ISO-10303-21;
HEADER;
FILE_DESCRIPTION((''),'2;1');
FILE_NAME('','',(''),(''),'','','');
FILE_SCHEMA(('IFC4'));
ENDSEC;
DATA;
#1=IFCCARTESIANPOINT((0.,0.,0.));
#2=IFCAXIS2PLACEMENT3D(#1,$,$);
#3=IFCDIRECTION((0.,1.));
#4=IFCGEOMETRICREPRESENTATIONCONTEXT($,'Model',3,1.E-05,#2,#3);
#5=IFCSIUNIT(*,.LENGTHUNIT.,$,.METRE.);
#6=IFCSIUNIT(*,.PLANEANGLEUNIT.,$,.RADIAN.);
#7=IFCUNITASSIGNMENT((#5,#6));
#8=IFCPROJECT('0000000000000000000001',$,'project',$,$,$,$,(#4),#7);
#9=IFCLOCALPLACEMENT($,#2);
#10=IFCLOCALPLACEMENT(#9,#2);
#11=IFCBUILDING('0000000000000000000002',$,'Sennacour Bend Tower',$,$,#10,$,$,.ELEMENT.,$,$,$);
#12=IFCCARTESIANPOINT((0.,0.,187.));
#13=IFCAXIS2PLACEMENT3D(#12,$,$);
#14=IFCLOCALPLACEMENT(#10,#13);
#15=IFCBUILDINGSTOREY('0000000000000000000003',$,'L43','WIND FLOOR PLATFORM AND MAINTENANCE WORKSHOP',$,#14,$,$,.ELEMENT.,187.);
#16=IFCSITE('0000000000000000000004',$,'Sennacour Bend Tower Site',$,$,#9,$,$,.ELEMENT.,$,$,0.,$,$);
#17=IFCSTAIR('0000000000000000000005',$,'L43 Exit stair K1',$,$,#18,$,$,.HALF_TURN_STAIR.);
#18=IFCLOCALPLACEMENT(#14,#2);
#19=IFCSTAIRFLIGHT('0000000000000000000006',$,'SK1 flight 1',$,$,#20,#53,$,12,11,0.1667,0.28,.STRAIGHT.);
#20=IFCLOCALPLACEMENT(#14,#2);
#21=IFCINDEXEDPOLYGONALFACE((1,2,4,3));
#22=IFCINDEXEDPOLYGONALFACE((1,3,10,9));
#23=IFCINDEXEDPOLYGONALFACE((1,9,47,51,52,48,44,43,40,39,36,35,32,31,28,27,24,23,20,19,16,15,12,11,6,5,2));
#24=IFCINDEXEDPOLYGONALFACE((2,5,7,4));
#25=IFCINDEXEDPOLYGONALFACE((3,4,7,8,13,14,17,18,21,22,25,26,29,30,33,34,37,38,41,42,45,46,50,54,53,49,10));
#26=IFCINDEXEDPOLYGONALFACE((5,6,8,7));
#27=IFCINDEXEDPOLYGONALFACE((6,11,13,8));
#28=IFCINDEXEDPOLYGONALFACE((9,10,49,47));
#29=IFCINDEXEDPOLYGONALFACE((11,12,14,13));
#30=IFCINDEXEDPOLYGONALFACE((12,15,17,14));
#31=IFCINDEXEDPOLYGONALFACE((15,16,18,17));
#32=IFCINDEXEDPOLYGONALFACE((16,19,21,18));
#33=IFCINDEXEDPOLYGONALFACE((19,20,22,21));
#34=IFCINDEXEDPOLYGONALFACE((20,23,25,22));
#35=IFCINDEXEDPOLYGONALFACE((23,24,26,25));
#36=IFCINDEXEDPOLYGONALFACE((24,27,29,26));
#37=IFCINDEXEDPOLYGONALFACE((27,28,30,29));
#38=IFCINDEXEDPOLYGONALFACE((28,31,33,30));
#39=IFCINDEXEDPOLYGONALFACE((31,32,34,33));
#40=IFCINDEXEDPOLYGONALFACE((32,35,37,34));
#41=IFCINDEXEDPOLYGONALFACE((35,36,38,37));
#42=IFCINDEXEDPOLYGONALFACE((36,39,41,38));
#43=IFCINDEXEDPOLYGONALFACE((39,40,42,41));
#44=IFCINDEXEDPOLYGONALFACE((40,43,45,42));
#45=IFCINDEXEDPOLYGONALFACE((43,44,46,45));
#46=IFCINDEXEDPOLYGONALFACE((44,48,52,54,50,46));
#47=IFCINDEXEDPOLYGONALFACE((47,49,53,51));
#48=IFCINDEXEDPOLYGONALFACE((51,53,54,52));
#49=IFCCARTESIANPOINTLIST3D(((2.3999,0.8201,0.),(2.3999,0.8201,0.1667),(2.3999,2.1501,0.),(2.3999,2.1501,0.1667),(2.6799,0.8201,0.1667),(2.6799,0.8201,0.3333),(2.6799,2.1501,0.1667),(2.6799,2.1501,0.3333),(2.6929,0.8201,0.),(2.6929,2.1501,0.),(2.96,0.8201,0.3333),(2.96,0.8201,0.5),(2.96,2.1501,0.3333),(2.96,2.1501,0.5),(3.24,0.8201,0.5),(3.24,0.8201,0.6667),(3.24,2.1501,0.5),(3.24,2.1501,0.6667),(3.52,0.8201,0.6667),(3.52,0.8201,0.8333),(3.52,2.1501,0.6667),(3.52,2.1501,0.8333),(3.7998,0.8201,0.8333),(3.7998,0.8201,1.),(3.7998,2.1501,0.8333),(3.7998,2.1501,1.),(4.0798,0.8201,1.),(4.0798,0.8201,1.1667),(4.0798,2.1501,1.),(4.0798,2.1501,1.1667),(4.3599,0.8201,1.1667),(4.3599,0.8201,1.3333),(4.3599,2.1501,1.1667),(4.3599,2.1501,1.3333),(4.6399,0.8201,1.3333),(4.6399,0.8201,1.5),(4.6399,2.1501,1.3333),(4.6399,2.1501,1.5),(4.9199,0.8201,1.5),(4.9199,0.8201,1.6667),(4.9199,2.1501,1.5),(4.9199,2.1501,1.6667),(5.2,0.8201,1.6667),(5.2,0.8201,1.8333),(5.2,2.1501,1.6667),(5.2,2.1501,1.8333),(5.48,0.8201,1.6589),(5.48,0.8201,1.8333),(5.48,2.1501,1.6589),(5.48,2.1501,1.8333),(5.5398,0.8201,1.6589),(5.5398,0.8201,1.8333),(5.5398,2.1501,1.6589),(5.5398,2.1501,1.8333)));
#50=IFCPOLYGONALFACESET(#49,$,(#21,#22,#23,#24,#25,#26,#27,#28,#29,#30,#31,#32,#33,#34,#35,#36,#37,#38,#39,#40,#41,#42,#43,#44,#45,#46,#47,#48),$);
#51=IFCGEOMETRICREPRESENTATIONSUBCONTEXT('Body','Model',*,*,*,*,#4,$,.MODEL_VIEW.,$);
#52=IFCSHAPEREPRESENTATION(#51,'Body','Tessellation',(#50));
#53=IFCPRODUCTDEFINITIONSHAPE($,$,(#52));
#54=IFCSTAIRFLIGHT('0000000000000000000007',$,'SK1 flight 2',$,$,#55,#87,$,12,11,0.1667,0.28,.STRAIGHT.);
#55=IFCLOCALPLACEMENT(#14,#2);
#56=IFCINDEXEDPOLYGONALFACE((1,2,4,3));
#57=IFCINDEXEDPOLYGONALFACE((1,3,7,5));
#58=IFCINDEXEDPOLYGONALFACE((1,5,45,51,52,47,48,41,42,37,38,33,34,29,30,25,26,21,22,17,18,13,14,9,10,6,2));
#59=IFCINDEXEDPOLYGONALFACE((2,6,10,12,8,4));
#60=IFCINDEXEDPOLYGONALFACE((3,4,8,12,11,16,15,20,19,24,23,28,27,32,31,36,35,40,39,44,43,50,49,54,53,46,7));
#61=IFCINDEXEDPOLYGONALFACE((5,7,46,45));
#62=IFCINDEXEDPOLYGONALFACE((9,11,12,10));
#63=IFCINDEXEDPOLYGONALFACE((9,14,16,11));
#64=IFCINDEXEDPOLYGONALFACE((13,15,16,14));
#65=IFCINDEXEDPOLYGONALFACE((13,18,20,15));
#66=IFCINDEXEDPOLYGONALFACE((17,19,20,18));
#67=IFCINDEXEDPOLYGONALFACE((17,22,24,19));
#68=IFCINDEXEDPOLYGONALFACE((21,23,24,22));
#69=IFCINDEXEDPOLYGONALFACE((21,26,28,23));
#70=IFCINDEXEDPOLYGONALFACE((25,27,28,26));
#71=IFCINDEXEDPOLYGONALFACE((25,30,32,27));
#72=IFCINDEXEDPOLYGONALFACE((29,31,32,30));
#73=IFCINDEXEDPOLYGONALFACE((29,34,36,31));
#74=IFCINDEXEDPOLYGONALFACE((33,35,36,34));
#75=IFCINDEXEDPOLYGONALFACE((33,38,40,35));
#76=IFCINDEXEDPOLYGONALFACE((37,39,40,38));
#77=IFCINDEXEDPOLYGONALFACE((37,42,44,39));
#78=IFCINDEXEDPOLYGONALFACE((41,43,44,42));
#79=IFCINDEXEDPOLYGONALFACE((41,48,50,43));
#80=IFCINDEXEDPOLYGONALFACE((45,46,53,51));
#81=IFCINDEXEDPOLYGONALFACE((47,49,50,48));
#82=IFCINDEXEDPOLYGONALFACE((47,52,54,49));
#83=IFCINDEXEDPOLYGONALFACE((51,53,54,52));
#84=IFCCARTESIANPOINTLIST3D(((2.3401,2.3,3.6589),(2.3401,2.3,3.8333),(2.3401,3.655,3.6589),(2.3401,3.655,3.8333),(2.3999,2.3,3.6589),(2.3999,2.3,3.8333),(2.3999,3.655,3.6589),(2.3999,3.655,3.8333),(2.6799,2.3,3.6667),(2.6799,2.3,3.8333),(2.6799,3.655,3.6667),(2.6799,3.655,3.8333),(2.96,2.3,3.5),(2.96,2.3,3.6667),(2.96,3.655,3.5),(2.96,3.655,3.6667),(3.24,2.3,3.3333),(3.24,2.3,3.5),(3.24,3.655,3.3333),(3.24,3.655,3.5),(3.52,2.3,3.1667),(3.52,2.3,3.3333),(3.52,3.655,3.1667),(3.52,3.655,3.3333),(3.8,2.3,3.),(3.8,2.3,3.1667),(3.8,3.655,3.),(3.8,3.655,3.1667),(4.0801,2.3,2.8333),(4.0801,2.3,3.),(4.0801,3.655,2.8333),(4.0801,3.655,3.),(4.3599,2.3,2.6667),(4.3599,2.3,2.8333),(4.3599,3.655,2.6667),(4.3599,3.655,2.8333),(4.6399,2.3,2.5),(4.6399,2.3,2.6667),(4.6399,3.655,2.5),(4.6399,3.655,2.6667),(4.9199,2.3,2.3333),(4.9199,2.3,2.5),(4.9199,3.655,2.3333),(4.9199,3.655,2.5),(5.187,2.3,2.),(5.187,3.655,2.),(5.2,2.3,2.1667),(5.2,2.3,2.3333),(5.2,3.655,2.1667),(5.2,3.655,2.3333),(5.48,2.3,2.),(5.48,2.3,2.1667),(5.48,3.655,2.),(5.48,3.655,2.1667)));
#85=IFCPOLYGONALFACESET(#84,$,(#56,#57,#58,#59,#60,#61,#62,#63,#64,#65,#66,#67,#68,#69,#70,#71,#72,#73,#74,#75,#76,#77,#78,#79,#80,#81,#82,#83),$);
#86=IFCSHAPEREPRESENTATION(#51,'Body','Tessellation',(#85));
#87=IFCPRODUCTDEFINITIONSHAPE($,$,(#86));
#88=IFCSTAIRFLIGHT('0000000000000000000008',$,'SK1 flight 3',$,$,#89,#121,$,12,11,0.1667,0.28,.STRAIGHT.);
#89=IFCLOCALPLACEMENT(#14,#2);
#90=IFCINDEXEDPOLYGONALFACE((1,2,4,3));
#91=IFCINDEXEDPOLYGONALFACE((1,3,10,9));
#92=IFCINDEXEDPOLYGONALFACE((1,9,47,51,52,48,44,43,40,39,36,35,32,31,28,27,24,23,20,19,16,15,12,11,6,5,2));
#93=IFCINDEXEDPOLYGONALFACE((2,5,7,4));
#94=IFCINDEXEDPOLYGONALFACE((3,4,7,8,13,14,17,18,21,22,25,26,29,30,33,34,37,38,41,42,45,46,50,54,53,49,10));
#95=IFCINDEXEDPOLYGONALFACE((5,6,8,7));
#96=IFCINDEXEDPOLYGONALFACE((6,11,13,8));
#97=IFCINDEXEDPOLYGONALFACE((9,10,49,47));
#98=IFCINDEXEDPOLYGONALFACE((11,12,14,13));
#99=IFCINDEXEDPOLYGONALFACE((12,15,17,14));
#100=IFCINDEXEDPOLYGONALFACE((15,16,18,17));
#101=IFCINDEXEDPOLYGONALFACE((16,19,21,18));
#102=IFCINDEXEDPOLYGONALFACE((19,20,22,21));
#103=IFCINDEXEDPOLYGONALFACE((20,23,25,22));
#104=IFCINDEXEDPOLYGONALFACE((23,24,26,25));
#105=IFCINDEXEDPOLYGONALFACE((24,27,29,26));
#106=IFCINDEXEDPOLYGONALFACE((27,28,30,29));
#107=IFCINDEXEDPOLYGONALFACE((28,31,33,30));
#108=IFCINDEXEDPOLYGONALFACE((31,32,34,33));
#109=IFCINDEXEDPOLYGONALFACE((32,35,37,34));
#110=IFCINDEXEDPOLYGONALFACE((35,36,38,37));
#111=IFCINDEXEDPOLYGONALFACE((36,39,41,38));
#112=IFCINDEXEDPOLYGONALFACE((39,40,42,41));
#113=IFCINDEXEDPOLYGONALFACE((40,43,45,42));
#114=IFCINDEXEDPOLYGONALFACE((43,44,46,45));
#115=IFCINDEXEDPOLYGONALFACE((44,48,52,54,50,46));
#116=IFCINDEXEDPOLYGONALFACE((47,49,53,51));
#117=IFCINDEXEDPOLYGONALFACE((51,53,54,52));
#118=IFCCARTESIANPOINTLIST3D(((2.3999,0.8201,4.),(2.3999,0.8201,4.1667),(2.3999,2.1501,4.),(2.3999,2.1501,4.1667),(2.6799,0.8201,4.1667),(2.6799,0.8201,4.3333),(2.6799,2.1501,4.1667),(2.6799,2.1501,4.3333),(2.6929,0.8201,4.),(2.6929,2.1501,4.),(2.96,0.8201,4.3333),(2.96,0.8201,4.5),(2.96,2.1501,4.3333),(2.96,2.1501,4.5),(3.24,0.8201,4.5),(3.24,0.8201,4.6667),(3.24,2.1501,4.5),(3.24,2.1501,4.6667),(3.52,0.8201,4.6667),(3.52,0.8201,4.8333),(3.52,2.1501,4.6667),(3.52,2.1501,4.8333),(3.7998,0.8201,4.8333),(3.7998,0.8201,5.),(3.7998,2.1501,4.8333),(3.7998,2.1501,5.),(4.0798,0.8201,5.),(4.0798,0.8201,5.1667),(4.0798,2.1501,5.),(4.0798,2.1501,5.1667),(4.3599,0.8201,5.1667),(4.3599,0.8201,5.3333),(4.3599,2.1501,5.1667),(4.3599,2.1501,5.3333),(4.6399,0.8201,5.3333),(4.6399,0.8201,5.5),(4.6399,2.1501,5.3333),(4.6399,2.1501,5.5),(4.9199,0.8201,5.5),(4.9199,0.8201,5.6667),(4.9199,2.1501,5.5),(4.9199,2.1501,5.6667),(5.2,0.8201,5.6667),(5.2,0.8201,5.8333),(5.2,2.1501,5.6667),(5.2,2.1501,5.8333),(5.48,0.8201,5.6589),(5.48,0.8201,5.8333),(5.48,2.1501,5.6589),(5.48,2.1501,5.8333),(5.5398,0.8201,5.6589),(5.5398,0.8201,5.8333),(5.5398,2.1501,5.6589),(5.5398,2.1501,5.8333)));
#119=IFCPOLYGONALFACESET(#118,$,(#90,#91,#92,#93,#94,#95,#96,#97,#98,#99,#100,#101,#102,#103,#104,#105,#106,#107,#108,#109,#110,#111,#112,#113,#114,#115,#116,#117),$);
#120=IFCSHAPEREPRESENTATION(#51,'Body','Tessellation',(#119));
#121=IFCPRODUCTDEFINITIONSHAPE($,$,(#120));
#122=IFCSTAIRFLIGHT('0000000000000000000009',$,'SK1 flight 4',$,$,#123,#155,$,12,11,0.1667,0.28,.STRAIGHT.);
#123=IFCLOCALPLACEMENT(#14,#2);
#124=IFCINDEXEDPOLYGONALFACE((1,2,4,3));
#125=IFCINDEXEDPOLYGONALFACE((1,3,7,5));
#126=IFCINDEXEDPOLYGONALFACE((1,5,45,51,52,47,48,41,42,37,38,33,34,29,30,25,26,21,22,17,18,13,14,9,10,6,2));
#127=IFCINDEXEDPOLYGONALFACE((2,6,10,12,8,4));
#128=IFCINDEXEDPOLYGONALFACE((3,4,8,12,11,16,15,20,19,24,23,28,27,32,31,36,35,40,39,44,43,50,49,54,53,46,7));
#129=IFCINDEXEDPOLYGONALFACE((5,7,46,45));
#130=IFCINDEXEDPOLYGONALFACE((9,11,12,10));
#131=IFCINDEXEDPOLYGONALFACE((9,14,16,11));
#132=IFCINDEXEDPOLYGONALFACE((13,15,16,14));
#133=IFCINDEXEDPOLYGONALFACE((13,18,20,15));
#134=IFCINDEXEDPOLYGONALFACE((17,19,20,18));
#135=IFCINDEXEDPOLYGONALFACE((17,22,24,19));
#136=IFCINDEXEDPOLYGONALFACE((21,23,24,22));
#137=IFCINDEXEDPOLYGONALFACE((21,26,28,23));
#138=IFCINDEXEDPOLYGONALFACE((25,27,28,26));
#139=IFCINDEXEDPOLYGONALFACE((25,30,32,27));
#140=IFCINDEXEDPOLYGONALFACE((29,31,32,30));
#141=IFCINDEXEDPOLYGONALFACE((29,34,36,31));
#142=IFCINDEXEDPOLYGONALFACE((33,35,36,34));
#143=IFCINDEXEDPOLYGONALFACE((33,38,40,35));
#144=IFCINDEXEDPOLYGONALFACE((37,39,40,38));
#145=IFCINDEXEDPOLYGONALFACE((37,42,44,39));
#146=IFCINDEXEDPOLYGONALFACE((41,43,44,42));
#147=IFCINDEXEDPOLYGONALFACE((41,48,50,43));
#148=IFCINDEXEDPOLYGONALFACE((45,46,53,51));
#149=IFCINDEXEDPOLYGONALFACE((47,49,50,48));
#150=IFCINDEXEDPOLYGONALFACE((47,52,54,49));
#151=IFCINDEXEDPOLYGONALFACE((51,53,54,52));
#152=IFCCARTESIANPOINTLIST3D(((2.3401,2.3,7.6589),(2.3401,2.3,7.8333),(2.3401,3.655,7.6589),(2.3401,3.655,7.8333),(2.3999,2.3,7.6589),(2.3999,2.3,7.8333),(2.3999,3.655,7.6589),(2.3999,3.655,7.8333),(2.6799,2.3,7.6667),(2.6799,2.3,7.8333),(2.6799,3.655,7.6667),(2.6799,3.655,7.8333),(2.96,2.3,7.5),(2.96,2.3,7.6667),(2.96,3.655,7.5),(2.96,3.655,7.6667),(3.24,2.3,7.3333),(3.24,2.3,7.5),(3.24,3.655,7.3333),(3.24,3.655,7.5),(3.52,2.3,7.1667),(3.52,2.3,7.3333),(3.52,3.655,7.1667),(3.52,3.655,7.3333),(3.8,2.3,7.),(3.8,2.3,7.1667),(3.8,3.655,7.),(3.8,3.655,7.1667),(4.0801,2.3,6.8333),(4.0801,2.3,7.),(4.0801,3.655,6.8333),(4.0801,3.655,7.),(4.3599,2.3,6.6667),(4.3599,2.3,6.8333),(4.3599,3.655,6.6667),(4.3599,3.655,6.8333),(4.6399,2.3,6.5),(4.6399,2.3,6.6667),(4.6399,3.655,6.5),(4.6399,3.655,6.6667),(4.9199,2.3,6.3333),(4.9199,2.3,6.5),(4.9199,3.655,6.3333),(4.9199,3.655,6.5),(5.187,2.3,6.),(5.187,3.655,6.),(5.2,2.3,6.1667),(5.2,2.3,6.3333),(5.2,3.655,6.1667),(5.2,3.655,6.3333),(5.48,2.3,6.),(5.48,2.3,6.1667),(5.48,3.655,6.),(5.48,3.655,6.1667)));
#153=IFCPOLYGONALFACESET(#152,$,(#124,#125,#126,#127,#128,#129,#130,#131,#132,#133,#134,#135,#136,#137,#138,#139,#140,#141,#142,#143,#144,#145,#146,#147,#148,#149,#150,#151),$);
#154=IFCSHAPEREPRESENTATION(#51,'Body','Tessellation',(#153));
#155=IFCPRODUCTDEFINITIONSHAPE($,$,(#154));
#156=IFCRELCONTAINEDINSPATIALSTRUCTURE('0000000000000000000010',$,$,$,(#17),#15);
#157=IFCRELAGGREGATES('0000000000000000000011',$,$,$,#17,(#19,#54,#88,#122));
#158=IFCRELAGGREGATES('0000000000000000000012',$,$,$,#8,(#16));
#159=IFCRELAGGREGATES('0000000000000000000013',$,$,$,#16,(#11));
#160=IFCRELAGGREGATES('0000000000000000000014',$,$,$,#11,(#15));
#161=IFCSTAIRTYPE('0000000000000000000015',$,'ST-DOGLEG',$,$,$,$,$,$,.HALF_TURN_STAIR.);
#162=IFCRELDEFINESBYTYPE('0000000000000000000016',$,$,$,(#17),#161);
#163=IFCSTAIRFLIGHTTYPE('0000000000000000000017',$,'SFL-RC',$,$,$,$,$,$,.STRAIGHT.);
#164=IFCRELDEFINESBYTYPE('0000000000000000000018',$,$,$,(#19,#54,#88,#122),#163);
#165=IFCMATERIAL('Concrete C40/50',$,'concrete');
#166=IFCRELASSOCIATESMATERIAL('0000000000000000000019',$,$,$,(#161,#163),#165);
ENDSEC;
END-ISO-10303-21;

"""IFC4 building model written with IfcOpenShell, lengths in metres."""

from ifc_helpers import new_model, si_unit, direction, frame, origin, place, context, subcontext, project, spatial, polyline, outline, extrude, material, type_object, element, aggregate, save


model = new_model("IFC4")

# Units and contexts
model_context = context("Model", 3, precision=1e-05, world=origin(), true_north=direction((0.0, 1.0)))
body_context = subcontext(model_context, "Body", "Model", "MODEL_VIEW")
ifc_project = project(units=[si_unit("LENGTHUNIT", "METRE"), si_unit("PLANEANGLEUNIT", "RADIAN")], contexts=[model_context])

# Site, building, storey
site_placement = place(None, origin())
site = spatial("IfcSite", under=ifc_project, at=site_placement, Name="Sennacour Bend Tower Site", CompositionType="ELEMENT", RefElevation=0.0)
building_placement = place(site_placement, origin())
building = spatial("IfcBuilding", under=site, at=building_placement, Name="Sennacour Bend Tower", CompositionType="ELEMENT")
storey_placement = place(building_placement, frame((0.0, 0.0, 187.0)))
storey = spatial("IfcBuildingStorey", under=building, at=storey_placement, Name="L43", Description="WIND FLOOR PLATFORM AND MAINTENANCE WORKSHOP", CompositionType="ELEMENT", Elevation=187.0)

# Stair, stair flights
ifc_material_1 = material(Name="Concrete C40/50", Category="concrete")
stair_type = type_object("IfcStairType", Name="ST-DOGLEG", PredefinedType="HALF_TURN_STAIR", material=ifc_material_1)
stair_placement = place(storey_placement, origin())
stair = element("IfcStair", 1, at=stair_placement, inside=storey, type_object=stair_type, Name="L43 Exit stair K1", PredefinedType="HALF_TURN_STAIR")
stair_flight_type = type_object("IfcStairFlightType", Name="SFL-RC", PredefinedType="STRAIGHT", material=ifc_material_1)
stair_flight_1_placement = place(storey_placement, frame((2.3999, 1.4851, 0.0), z_axis=(0.0, 0.0, 1.0), x_axis=(1.0, 0.0, 0.0)))
stair_flight_1 = element("IfcStairFlight", 2, at=stair_flight_1_placement, type_object=stair_flight_type, Name="SK1 flight 1", NumberOfRisers=12, NumberOfTreads=11, PredefinedType="STRAIGHT", RiserHeight=0.1667, TreadLength=0.28, context=body_context, shape_type="SweptSolid", body=[
    extrude(outline(polyline([(0.0, 0.0), (0.0, 0.1667), (0.28, 0.1667), (0.28, 0.3333), (0.5601, 0.3333), (0.5601, 0.5), (0.8401, 0.5), (0.8401, 0.6667), (1.1201, 0.6667), (1.1201, 0.8333), (1.3999, 0.8333), (1.3999, 1.0), (1.6799, 1.0), (1.6799, 1.1667), (1.96, 1.1667), (1.96, 1.3333), (2.24, 1.3333), (2.24, 1.5), (2.52, 1.5), (2.52, 1.6667), (2.8, 1.6667), (2.8, 1.8333), (3.0801, 1.8333), (3.1399, 1.8333), (3.1399, 1.6589), (3.0801, 1.6589), (0.293, 0.0), (0.0, 0.0)])), frame((0.0, 0.665, 0.0), z_axis=(0.0, -1.0, 0.0), x_axis=(1.0, 0.0, 0.0)), (0.0, 0.0, 1.0), 1.3301),
])
stair_flight_2_placement = place(storey_placement, frame((5.48, 2.9775, 2.0), z_axis=(0.0, 0.0, 1.0), x_axis=(-1.0, 0.0, 0.0)))
stair_flight_2 = element("IfcStairFlight", 3, at=stair_flight_2_placement, type_object=stair_flight_type, Name="SK1 flight 2", NumberOfRisers=12, NumberOfTreads=11, PredefinedType="STRAIGHT", RiserHeight=0.1667, TreadLength=0.28, context=body_context, shape_type="SweptSolid", body=[
    extrude(outline(polyline([(0.0, 0.0), (0.0, 0.1667), (0.28, 0.1667), (0.28, 0.3333), (0.5601, 0.3333), (0.5601, 0.5), (0.8401, 0.5), (0.8401, 0.6667), (1.1201, 0.6667), (1.1201, 0.8333), (1.3999, 0.8333), (1.3999, 1.0), (1.6799, 1.0), (1.6799, 1.1667), (1.96, 1.1667), (1.96, 1.3333), (2.24, 1.3333), (2.24, 1.5), (2.52, 1.5), (2.52, 1.6667), (2.8, 1.6667), (2.8, 1.8333), (3.0801, 1.8333), (3.1399, 1.8333), (3.1399, 1.6589), (3.0801, 1.6589), (0.293, 0.0), (0.0, 0.0)])), frame((0.0, 0.6775, 0.0), z_axis=(0.0, -1.0, 0.0), x_axis=(1.0, 0.0, 0.0)), (0.0, 0.0, 1.0), 1.355),
])
stair_flight_3_placement = place(storey_placement, frame((2.3999, 1.4851, 4.0), z_axis=(0.0, 0.0, 1.0), x_axis=(1.0, 0.0, 0.0)))
stair_flight_3 = element("IfcStairFlight", 4, at=stair_flight_3_placement, type_object=stair_flight_type, Name="SK1 flight 3", NumberOfRisers=12, NumberOfTreads=11, PredefinedType="STRAIGHT", RiserHeight=0.1667, TreadLength=0.28, context=body_context, shape_type="SweptSolid", body=[
    extrude(outline(polyline([(0.0, 0.0), (0.0, 0.1667), (0.28, 0.1667), (0.28, 0.3333), (0.5601, 0.3333), (0.5601, 0.5), (0.8401, 0.5), (0.8401, 0.6667), (1.1201, 0.6667), (1.1201, 0.8333), (1.3999, 0.8333), (1.3999, 1.0), (1.6799, 1.0), (1.6799, 1.1667), (1.96, 1.1667), (1.96, 1.3333), (2.24, 1.3333), (2.24, 1.5), (2.52, 1.5), (2.52, 1.6667), (2.8, 1.6667), (2.8, 1.8333), (3.0801, 1.8333), (3.1399, 1.8333), (3.1399, 1.6589), (3.0801, 1.6589), (0.293, 0.0), (0.0, 0.0)])), frame((0.0, 0.665, 0.0), z_axis=(0.0, -1.0, 0.0), x_axis=(1.0, 0.0, 0.0)), (0.0, 0.0, 1.0), 1.3301),
])
stair_flight_4_placement = place(storey_placement, frame((5.48, 2.9775, 6.0), z_axis=(0.0, 0.0, 1.0), x_axis=(-1.0, 0.0, 0.0)))
stair_flight_4 = element("IfcStairFlight", 5, at=stair_flight_4_placement, type_object=stair_flight_type, Name="SK1 flight 4", NumberOfRisers=12, NumberOfTreads=11, PredefinedType="STRAIGHT", RiserHeight=0.1667, TreadLength=0.28, context=body_context, shape_type="SweptSolid", body=[
    extrude(outline(polyline([(0.0, 0.0), (0.0, 0.1667), (0.28, 0.1667), (0.28, 0.3333), (0.5601, 0.3333), (0.5601, 0.5), (0.8401, 0.5), (0.8401, 0.6667), (1.1201, 0.6667), (1.1201, 0.8333), (1.3999, 0.8333), (1.3999, 1.0), (1.6799, 1.0), (1.6799, 1.1667), (1.96, 1.1667), (1.96, 1.3333), (2.24, 1.3333), (2.24, 1.5), (2.52, 1.5), (2.52, 1.6667), (2.8, 1.6667), (2.8, 1.8333), (3.0801, 1.8333), (3.1399, 1.8333), (3.1399, 1.6589), (3.0801, 1.6589), (0.293, 0.0), (0.0, 0.0)])), frame((0.0, 0.6775, 0.0), z_axis=(0.0, -1.0, 0.0), x_axis=(1.0, 0.0, 0.0)), (0.0, 0.0, 1.0), 1.355),
])
aggregate(stair, [stair_flight_1, stair_flight_2, stair_flight_3, stair_flight_4])

save(model, "model.ifc")
